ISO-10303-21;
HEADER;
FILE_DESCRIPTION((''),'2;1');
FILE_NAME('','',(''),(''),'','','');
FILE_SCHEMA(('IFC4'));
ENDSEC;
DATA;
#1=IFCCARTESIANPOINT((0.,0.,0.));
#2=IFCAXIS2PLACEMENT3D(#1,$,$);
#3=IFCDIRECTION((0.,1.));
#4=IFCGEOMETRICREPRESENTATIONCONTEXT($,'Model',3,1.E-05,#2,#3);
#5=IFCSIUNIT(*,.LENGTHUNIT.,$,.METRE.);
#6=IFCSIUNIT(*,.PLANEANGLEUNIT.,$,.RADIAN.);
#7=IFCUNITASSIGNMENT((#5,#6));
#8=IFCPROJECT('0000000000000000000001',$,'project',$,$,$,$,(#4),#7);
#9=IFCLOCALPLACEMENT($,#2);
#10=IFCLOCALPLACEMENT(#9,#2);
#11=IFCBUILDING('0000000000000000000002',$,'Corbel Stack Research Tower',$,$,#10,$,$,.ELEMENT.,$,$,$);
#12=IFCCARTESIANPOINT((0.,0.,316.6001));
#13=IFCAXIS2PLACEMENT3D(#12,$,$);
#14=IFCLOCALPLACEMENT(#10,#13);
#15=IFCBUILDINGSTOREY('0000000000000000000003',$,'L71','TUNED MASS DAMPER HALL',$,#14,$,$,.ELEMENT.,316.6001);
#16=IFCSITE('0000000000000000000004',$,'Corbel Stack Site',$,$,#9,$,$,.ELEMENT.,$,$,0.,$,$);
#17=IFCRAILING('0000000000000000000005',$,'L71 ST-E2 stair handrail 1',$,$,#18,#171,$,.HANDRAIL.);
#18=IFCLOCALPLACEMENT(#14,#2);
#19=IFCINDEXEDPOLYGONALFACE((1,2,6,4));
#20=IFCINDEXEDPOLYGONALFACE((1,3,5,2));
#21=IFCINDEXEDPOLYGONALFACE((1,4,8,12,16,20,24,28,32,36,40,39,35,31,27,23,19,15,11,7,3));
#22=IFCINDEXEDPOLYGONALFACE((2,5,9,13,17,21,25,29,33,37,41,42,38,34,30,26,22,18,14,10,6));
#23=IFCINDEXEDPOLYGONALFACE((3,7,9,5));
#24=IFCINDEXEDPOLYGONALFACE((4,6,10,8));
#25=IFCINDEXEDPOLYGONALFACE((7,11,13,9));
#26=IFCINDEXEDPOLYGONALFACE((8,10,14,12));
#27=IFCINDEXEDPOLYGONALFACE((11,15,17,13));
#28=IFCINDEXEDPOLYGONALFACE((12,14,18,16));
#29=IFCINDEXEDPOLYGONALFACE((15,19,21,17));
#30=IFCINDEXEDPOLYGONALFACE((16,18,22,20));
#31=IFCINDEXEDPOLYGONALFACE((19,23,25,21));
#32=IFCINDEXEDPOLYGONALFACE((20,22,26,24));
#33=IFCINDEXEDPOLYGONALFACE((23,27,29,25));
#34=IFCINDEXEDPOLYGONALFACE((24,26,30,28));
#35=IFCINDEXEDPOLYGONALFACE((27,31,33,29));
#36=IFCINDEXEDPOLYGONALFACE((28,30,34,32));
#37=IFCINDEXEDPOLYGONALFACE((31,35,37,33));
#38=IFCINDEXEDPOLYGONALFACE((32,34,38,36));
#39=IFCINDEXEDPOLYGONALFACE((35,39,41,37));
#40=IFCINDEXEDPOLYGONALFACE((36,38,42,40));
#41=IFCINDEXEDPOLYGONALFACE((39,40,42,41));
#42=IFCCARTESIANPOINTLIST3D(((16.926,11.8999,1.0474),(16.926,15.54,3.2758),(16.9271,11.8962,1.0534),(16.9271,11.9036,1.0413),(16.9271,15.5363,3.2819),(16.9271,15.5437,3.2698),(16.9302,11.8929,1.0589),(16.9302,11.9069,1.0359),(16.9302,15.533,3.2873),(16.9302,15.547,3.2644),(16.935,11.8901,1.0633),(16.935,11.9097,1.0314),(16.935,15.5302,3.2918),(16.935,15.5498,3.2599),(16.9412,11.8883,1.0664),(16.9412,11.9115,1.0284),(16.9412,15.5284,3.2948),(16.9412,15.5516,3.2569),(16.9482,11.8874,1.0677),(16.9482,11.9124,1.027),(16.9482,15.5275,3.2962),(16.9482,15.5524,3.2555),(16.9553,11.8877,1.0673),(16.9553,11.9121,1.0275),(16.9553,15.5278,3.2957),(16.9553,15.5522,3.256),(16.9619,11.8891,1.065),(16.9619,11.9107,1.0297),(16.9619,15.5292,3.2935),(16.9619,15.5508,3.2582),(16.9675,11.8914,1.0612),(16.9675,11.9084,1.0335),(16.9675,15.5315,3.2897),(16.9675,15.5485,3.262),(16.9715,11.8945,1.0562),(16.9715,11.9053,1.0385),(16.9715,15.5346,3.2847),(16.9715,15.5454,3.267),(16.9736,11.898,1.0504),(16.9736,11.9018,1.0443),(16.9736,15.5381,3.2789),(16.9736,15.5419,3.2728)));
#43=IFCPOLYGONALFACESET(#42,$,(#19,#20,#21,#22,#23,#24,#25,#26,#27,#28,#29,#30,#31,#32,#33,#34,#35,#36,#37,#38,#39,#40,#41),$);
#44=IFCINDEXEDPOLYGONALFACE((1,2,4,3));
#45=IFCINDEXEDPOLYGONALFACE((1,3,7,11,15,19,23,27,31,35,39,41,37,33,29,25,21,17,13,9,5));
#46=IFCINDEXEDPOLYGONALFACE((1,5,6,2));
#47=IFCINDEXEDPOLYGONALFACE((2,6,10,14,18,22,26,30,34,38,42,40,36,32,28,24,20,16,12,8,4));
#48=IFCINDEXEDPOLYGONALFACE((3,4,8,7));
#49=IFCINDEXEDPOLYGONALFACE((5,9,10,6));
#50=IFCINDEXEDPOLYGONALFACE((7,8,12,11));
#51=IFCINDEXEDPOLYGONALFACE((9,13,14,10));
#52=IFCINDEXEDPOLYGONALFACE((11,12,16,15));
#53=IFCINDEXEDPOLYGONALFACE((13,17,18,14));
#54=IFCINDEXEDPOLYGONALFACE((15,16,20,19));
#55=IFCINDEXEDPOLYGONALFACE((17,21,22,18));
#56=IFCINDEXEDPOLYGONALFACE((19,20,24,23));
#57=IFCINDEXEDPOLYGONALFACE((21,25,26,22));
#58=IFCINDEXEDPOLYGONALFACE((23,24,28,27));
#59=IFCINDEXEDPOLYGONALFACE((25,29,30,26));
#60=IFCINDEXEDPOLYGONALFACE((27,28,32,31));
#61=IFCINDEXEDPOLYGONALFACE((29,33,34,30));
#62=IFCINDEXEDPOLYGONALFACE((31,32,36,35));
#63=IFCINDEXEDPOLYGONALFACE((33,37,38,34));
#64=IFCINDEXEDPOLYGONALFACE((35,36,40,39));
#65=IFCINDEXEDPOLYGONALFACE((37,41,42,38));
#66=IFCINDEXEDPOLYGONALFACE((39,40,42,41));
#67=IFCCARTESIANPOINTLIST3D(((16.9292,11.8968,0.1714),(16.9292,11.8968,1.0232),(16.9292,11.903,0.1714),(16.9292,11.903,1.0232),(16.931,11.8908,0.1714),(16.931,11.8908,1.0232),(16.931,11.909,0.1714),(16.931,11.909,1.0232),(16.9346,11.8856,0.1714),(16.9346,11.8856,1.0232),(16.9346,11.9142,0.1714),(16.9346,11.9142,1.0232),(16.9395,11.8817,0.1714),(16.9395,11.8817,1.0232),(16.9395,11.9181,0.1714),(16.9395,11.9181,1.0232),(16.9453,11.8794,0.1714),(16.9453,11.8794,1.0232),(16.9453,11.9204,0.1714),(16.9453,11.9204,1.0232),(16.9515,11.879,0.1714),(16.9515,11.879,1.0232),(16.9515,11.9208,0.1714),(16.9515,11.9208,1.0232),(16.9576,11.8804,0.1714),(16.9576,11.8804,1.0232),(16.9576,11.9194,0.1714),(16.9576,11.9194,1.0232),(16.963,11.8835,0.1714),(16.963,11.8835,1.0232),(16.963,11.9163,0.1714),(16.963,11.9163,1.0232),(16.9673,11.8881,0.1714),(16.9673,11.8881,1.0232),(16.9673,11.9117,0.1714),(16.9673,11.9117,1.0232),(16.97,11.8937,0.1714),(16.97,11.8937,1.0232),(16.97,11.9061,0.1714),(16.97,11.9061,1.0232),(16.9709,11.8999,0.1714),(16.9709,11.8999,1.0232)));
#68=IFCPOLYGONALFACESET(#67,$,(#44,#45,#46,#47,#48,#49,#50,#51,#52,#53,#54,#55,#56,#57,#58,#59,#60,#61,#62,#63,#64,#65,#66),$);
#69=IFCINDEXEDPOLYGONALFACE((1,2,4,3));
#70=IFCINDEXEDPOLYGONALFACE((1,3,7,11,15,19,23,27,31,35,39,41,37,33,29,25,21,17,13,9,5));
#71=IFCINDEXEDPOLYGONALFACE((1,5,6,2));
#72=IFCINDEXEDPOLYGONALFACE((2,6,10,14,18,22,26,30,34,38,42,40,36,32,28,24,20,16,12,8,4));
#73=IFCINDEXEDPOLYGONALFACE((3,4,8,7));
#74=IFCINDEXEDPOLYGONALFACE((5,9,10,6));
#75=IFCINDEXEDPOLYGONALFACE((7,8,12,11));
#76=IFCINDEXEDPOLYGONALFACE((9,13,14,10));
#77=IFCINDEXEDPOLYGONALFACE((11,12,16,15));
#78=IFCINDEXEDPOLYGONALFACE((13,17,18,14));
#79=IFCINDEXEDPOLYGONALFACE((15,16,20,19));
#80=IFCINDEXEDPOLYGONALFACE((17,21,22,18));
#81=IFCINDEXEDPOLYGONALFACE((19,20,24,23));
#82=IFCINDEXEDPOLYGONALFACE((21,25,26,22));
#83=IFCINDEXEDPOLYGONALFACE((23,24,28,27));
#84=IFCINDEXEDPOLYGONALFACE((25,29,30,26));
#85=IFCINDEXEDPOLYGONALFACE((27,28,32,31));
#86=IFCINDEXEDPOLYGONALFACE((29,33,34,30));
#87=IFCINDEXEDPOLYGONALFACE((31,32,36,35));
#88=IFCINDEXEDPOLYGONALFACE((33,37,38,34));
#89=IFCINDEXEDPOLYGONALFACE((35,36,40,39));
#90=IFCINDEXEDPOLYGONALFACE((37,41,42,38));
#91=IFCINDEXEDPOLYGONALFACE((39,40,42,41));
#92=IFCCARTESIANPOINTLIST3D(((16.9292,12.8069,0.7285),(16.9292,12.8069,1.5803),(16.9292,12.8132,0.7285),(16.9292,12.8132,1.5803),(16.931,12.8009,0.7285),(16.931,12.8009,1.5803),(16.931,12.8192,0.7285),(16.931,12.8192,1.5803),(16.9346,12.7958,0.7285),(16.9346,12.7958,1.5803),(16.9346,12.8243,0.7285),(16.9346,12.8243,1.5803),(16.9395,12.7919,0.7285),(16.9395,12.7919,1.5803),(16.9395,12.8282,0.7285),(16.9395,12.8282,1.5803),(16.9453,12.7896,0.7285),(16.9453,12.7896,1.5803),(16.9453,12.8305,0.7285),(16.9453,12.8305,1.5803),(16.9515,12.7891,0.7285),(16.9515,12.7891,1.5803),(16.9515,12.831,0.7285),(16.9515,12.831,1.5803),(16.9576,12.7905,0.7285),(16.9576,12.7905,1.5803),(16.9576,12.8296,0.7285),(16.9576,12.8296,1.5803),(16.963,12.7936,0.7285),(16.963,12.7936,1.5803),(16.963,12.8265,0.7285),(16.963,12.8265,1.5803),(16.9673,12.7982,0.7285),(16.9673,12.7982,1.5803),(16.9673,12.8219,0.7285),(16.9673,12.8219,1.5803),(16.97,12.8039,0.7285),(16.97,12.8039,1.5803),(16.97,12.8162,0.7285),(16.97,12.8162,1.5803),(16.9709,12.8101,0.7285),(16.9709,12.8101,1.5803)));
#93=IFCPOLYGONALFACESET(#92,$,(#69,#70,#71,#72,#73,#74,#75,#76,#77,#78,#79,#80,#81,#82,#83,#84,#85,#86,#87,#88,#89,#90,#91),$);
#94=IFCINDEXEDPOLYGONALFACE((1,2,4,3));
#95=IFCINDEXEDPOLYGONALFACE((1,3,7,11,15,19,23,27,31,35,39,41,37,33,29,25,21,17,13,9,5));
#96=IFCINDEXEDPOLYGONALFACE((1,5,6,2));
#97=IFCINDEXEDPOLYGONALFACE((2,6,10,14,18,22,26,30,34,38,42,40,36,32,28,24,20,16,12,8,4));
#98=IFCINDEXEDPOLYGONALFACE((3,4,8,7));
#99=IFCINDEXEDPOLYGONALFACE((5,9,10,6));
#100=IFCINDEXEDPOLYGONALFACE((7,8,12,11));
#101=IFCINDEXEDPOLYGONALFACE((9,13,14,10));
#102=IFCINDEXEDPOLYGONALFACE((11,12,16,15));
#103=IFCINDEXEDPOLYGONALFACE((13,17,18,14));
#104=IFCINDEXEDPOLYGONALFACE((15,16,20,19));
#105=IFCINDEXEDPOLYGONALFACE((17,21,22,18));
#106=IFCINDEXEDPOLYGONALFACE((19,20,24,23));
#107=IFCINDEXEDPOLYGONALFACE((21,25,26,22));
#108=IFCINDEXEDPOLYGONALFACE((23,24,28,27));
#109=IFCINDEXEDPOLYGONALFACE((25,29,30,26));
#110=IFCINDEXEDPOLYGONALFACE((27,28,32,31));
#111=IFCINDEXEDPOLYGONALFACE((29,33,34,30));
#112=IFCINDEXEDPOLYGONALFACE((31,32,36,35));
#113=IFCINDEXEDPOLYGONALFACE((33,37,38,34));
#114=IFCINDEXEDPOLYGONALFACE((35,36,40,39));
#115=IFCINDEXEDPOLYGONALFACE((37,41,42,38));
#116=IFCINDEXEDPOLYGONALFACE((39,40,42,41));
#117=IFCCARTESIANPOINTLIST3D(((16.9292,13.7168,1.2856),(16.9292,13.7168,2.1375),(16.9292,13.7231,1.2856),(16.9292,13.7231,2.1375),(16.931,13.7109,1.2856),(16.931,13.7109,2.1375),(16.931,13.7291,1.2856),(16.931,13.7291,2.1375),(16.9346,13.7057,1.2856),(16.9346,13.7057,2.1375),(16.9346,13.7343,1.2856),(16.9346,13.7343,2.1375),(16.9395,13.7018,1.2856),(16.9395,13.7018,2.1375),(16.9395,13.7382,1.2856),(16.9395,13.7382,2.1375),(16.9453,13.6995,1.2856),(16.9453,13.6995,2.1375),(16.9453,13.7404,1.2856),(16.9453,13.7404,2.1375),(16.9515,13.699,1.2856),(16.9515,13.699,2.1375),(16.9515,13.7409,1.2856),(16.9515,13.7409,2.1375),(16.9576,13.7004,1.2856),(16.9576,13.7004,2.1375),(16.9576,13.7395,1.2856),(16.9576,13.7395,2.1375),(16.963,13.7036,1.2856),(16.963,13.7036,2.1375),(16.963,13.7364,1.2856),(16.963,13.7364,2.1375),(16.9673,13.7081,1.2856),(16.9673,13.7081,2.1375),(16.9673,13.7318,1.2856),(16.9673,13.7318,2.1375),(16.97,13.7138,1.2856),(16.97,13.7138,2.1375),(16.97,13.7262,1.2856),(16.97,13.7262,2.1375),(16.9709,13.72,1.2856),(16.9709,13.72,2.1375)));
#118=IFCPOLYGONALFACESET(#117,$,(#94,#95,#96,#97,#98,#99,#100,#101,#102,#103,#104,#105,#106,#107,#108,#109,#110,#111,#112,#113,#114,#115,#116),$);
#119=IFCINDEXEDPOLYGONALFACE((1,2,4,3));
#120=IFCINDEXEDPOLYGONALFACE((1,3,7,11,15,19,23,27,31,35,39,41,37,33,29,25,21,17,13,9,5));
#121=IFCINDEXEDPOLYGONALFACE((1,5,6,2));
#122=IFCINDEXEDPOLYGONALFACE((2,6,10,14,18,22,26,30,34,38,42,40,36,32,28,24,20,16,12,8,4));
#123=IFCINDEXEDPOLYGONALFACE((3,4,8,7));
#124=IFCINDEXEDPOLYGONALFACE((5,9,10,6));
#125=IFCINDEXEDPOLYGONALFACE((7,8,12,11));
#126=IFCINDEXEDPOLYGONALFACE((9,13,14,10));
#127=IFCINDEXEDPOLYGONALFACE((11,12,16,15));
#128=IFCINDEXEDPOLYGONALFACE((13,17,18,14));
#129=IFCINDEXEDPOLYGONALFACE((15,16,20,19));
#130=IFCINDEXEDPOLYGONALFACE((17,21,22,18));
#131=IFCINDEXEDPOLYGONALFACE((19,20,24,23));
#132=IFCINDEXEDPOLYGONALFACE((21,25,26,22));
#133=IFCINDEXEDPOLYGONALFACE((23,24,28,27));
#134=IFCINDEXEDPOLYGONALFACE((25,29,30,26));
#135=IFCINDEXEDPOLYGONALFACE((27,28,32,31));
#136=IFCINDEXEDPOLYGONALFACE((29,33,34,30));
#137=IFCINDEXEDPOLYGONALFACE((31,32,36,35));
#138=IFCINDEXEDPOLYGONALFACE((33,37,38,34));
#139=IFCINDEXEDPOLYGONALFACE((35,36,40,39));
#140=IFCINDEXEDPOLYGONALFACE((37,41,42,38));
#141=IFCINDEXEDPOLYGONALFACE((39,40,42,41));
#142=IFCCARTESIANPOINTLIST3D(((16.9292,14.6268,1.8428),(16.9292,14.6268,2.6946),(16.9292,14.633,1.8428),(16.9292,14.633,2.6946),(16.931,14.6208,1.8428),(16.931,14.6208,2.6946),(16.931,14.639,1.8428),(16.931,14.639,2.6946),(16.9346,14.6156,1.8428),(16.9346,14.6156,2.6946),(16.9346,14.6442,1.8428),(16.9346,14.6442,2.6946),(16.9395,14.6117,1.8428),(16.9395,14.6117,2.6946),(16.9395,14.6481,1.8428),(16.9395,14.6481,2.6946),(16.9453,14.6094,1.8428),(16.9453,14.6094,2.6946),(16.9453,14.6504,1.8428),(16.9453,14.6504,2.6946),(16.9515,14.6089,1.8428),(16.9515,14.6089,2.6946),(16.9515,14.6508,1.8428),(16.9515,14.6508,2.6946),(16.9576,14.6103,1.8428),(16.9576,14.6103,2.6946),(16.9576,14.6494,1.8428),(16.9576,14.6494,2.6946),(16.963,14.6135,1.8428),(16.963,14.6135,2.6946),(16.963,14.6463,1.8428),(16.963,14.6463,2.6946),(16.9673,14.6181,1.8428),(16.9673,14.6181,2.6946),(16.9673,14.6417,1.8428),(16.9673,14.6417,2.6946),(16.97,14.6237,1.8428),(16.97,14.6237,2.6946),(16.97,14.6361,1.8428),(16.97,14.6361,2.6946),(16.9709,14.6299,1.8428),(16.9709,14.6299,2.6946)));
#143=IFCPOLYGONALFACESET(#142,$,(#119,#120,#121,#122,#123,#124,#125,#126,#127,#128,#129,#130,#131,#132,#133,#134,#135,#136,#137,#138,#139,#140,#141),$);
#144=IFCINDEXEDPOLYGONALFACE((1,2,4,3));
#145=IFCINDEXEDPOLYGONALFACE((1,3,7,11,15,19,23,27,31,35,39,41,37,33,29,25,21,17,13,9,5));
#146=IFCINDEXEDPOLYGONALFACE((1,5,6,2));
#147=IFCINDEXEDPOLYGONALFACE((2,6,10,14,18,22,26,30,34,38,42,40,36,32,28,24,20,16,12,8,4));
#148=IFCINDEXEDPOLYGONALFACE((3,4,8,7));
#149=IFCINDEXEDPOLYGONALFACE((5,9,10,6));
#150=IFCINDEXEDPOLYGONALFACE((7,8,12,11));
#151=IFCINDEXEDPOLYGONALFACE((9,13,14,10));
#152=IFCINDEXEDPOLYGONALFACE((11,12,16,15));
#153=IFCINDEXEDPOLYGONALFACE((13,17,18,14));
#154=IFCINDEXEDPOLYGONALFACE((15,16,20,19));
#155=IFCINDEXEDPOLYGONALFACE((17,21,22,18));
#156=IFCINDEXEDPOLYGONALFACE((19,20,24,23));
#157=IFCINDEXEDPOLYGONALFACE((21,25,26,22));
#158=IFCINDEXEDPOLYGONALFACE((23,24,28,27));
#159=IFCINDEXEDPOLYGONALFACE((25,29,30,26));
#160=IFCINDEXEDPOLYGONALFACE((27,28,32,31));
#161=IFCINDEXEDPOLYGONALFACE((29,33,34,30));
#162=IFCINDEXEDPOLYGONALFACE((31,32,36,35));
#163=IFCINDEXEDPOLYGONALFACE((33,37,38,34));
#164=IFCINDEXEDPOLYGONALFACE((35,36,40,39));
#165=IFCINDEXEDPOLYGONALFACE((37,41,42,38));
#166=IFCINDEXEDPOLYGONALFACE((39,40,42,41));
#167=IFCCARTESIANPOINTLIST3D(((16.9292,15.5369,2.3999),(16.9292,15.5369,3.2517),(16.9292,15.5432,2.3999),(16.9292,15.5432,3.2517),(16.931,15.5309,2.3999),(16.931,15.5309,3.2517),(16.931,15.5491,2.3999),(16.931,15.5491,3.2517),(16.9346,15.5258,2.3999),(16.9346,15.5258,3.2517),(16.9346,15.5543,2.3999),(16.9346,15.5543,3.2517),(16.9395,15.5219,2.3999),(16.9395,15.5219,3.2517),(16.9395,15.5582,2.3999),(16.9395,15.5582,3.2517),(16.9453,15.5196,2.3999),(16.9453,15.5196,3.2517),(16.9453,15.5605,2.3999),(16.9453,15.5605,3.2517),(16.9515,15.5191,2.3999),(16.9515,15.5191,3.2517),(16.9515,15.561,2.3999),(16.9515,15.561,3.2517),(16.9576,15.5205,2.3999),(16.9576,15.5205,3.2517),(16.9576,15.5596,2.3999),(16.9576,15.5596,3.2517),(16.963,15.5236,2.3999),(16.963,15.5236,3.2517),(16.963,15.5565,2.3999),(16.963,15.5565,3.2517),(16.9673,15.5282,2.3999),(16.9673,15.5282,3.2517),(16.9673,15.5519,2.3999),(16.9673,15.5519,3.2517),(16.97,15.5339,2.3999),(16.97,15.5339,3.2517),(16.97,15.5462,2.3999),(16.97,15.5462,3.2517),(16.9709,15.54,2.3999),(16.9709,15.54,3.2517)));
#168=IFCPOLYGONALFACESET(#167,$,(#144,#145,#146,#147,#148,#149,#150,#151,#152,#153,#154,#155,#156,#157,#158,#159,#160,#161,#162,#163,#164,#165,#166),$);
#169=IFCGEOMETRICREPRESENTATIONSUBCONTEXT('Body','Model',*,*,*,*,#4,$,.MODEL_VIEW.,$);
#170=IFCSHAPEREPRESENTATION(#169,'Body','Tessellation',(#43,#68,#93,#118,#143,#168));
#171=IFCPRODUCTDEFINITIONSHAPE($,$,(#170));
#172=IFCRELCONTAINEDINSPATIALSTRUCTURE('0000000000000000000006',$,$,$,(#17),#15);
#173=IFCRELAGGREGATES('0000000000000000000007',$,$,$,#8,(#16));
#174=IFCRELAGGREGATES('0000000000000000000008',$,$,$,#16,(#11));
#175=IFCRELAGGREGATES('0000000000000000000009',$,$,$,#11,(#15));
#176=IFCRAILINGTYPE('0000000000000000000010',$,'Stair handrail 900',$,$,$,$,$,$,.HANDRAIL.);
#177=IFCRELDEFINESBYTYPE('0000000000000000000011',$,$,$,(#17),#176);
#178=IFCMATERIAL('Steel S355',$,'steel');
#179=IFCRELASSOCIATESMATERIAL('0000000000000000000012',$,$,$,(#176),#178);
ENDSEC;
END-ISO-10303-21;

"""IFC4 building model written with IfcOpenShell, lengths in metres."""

from ifc_helpers import new_model, si_unit, direction, frame, origin, origin_2d, place, context, subcontext, project, spatial, circle, extrude, material, type_object, element, save


model = new_model("IFC4")

# Units and contexts
model_context = context("Model", 3, precision=1e-05, world=origin(), true_north=direction((0.0, 1.0)))
body_context = subcontext(model_context, "Body", "Model", "MODEL_VIEW")
ifc_project = project(units=[si_unit("LENGTHUNIT", "METRE"), si_unit("PLANEANGLEUNIT", "RADIAN")], contexts=[model_context])

# Site, building, storey
site_placement = place(None, origin())
site = spatial("IfcSite", under=ifc_project, at=site_placement, Name="Corbel Stack Site", CompositionType="ELEMENT", RefElevation=0.0)
building_placement = place(site_placement, origin())
building = spatial("IfcBuilding", under=site, at=building_placement, Name="Corbel Stack Research Tower", CompositionType="ELEMENT")
storey_placement = place(building_placement, frame((0.0, 0.0, 316.6001)))
storey = spatial("IfcBuildingStorey", under=building, at=storey_placement, Name="L71", Description="TUNED MASS DAMPER HALL", CompositionType="ELEMENT", Elevation=316.6001)

# Railing
ifc_material_1 = material(Name="Steel S355", Category="steel")
railing_type_1 = type_object("IfcRailingType", Name="Stair handrail 900", PredefinedType="HANDRAIL", material=ifc_material_1)
railing_1_placement = place(storey_placement, frame((16.95, 11.8999, 0.1714)))
element("IfcRailing", 1, at=railing_1_placement, inside=storey, type_object=railing_type_1, Name="L71 ST-E2 stair handrail 1", PredefinedType="HANDRAIL", context=body_context, shape_type="SweptSolid", body=[
    extrude(circle(Radius=0.0239, at=origin_2d()), frame((0.0, 0.0, 0.876), z_axis=(0.0, 0.852866, 0.52213), x_axis=(-1.0, 0.0, 0.0)), (0.0, 0.0, 1.0), 4.2681),
    extrude(circle(Radius=0.021, at=origin_2d()), origin(), (0.0, 0.0, 1.0), 0.8518),
    extrude(circle(Radius=0.021, at=origin_2d()), frame((0.0, 0.9102, 0.5571)), (0.0, 0.0, 1.0), 0.8518),
    extrude(circle(Radius=0.021, at=origin_2d()), frame((0.0, 1.8201, 1.1143)), (0.0, 0.0, 1.0), 0.8518),
    extrude(circle(Radius=0.021, at=origin_2d()), frame((0.0, 2.73, 1.6714)), (0.0, 0.0, 1.0), 0.8518),
    extrude(circle(Radius=0.021, at=origin_2d()), frame((0.0, 3.6401, 2.2285)), (0.0, 0.0, 1.0), 0.8518),
])

save(model, "model.ifc")
